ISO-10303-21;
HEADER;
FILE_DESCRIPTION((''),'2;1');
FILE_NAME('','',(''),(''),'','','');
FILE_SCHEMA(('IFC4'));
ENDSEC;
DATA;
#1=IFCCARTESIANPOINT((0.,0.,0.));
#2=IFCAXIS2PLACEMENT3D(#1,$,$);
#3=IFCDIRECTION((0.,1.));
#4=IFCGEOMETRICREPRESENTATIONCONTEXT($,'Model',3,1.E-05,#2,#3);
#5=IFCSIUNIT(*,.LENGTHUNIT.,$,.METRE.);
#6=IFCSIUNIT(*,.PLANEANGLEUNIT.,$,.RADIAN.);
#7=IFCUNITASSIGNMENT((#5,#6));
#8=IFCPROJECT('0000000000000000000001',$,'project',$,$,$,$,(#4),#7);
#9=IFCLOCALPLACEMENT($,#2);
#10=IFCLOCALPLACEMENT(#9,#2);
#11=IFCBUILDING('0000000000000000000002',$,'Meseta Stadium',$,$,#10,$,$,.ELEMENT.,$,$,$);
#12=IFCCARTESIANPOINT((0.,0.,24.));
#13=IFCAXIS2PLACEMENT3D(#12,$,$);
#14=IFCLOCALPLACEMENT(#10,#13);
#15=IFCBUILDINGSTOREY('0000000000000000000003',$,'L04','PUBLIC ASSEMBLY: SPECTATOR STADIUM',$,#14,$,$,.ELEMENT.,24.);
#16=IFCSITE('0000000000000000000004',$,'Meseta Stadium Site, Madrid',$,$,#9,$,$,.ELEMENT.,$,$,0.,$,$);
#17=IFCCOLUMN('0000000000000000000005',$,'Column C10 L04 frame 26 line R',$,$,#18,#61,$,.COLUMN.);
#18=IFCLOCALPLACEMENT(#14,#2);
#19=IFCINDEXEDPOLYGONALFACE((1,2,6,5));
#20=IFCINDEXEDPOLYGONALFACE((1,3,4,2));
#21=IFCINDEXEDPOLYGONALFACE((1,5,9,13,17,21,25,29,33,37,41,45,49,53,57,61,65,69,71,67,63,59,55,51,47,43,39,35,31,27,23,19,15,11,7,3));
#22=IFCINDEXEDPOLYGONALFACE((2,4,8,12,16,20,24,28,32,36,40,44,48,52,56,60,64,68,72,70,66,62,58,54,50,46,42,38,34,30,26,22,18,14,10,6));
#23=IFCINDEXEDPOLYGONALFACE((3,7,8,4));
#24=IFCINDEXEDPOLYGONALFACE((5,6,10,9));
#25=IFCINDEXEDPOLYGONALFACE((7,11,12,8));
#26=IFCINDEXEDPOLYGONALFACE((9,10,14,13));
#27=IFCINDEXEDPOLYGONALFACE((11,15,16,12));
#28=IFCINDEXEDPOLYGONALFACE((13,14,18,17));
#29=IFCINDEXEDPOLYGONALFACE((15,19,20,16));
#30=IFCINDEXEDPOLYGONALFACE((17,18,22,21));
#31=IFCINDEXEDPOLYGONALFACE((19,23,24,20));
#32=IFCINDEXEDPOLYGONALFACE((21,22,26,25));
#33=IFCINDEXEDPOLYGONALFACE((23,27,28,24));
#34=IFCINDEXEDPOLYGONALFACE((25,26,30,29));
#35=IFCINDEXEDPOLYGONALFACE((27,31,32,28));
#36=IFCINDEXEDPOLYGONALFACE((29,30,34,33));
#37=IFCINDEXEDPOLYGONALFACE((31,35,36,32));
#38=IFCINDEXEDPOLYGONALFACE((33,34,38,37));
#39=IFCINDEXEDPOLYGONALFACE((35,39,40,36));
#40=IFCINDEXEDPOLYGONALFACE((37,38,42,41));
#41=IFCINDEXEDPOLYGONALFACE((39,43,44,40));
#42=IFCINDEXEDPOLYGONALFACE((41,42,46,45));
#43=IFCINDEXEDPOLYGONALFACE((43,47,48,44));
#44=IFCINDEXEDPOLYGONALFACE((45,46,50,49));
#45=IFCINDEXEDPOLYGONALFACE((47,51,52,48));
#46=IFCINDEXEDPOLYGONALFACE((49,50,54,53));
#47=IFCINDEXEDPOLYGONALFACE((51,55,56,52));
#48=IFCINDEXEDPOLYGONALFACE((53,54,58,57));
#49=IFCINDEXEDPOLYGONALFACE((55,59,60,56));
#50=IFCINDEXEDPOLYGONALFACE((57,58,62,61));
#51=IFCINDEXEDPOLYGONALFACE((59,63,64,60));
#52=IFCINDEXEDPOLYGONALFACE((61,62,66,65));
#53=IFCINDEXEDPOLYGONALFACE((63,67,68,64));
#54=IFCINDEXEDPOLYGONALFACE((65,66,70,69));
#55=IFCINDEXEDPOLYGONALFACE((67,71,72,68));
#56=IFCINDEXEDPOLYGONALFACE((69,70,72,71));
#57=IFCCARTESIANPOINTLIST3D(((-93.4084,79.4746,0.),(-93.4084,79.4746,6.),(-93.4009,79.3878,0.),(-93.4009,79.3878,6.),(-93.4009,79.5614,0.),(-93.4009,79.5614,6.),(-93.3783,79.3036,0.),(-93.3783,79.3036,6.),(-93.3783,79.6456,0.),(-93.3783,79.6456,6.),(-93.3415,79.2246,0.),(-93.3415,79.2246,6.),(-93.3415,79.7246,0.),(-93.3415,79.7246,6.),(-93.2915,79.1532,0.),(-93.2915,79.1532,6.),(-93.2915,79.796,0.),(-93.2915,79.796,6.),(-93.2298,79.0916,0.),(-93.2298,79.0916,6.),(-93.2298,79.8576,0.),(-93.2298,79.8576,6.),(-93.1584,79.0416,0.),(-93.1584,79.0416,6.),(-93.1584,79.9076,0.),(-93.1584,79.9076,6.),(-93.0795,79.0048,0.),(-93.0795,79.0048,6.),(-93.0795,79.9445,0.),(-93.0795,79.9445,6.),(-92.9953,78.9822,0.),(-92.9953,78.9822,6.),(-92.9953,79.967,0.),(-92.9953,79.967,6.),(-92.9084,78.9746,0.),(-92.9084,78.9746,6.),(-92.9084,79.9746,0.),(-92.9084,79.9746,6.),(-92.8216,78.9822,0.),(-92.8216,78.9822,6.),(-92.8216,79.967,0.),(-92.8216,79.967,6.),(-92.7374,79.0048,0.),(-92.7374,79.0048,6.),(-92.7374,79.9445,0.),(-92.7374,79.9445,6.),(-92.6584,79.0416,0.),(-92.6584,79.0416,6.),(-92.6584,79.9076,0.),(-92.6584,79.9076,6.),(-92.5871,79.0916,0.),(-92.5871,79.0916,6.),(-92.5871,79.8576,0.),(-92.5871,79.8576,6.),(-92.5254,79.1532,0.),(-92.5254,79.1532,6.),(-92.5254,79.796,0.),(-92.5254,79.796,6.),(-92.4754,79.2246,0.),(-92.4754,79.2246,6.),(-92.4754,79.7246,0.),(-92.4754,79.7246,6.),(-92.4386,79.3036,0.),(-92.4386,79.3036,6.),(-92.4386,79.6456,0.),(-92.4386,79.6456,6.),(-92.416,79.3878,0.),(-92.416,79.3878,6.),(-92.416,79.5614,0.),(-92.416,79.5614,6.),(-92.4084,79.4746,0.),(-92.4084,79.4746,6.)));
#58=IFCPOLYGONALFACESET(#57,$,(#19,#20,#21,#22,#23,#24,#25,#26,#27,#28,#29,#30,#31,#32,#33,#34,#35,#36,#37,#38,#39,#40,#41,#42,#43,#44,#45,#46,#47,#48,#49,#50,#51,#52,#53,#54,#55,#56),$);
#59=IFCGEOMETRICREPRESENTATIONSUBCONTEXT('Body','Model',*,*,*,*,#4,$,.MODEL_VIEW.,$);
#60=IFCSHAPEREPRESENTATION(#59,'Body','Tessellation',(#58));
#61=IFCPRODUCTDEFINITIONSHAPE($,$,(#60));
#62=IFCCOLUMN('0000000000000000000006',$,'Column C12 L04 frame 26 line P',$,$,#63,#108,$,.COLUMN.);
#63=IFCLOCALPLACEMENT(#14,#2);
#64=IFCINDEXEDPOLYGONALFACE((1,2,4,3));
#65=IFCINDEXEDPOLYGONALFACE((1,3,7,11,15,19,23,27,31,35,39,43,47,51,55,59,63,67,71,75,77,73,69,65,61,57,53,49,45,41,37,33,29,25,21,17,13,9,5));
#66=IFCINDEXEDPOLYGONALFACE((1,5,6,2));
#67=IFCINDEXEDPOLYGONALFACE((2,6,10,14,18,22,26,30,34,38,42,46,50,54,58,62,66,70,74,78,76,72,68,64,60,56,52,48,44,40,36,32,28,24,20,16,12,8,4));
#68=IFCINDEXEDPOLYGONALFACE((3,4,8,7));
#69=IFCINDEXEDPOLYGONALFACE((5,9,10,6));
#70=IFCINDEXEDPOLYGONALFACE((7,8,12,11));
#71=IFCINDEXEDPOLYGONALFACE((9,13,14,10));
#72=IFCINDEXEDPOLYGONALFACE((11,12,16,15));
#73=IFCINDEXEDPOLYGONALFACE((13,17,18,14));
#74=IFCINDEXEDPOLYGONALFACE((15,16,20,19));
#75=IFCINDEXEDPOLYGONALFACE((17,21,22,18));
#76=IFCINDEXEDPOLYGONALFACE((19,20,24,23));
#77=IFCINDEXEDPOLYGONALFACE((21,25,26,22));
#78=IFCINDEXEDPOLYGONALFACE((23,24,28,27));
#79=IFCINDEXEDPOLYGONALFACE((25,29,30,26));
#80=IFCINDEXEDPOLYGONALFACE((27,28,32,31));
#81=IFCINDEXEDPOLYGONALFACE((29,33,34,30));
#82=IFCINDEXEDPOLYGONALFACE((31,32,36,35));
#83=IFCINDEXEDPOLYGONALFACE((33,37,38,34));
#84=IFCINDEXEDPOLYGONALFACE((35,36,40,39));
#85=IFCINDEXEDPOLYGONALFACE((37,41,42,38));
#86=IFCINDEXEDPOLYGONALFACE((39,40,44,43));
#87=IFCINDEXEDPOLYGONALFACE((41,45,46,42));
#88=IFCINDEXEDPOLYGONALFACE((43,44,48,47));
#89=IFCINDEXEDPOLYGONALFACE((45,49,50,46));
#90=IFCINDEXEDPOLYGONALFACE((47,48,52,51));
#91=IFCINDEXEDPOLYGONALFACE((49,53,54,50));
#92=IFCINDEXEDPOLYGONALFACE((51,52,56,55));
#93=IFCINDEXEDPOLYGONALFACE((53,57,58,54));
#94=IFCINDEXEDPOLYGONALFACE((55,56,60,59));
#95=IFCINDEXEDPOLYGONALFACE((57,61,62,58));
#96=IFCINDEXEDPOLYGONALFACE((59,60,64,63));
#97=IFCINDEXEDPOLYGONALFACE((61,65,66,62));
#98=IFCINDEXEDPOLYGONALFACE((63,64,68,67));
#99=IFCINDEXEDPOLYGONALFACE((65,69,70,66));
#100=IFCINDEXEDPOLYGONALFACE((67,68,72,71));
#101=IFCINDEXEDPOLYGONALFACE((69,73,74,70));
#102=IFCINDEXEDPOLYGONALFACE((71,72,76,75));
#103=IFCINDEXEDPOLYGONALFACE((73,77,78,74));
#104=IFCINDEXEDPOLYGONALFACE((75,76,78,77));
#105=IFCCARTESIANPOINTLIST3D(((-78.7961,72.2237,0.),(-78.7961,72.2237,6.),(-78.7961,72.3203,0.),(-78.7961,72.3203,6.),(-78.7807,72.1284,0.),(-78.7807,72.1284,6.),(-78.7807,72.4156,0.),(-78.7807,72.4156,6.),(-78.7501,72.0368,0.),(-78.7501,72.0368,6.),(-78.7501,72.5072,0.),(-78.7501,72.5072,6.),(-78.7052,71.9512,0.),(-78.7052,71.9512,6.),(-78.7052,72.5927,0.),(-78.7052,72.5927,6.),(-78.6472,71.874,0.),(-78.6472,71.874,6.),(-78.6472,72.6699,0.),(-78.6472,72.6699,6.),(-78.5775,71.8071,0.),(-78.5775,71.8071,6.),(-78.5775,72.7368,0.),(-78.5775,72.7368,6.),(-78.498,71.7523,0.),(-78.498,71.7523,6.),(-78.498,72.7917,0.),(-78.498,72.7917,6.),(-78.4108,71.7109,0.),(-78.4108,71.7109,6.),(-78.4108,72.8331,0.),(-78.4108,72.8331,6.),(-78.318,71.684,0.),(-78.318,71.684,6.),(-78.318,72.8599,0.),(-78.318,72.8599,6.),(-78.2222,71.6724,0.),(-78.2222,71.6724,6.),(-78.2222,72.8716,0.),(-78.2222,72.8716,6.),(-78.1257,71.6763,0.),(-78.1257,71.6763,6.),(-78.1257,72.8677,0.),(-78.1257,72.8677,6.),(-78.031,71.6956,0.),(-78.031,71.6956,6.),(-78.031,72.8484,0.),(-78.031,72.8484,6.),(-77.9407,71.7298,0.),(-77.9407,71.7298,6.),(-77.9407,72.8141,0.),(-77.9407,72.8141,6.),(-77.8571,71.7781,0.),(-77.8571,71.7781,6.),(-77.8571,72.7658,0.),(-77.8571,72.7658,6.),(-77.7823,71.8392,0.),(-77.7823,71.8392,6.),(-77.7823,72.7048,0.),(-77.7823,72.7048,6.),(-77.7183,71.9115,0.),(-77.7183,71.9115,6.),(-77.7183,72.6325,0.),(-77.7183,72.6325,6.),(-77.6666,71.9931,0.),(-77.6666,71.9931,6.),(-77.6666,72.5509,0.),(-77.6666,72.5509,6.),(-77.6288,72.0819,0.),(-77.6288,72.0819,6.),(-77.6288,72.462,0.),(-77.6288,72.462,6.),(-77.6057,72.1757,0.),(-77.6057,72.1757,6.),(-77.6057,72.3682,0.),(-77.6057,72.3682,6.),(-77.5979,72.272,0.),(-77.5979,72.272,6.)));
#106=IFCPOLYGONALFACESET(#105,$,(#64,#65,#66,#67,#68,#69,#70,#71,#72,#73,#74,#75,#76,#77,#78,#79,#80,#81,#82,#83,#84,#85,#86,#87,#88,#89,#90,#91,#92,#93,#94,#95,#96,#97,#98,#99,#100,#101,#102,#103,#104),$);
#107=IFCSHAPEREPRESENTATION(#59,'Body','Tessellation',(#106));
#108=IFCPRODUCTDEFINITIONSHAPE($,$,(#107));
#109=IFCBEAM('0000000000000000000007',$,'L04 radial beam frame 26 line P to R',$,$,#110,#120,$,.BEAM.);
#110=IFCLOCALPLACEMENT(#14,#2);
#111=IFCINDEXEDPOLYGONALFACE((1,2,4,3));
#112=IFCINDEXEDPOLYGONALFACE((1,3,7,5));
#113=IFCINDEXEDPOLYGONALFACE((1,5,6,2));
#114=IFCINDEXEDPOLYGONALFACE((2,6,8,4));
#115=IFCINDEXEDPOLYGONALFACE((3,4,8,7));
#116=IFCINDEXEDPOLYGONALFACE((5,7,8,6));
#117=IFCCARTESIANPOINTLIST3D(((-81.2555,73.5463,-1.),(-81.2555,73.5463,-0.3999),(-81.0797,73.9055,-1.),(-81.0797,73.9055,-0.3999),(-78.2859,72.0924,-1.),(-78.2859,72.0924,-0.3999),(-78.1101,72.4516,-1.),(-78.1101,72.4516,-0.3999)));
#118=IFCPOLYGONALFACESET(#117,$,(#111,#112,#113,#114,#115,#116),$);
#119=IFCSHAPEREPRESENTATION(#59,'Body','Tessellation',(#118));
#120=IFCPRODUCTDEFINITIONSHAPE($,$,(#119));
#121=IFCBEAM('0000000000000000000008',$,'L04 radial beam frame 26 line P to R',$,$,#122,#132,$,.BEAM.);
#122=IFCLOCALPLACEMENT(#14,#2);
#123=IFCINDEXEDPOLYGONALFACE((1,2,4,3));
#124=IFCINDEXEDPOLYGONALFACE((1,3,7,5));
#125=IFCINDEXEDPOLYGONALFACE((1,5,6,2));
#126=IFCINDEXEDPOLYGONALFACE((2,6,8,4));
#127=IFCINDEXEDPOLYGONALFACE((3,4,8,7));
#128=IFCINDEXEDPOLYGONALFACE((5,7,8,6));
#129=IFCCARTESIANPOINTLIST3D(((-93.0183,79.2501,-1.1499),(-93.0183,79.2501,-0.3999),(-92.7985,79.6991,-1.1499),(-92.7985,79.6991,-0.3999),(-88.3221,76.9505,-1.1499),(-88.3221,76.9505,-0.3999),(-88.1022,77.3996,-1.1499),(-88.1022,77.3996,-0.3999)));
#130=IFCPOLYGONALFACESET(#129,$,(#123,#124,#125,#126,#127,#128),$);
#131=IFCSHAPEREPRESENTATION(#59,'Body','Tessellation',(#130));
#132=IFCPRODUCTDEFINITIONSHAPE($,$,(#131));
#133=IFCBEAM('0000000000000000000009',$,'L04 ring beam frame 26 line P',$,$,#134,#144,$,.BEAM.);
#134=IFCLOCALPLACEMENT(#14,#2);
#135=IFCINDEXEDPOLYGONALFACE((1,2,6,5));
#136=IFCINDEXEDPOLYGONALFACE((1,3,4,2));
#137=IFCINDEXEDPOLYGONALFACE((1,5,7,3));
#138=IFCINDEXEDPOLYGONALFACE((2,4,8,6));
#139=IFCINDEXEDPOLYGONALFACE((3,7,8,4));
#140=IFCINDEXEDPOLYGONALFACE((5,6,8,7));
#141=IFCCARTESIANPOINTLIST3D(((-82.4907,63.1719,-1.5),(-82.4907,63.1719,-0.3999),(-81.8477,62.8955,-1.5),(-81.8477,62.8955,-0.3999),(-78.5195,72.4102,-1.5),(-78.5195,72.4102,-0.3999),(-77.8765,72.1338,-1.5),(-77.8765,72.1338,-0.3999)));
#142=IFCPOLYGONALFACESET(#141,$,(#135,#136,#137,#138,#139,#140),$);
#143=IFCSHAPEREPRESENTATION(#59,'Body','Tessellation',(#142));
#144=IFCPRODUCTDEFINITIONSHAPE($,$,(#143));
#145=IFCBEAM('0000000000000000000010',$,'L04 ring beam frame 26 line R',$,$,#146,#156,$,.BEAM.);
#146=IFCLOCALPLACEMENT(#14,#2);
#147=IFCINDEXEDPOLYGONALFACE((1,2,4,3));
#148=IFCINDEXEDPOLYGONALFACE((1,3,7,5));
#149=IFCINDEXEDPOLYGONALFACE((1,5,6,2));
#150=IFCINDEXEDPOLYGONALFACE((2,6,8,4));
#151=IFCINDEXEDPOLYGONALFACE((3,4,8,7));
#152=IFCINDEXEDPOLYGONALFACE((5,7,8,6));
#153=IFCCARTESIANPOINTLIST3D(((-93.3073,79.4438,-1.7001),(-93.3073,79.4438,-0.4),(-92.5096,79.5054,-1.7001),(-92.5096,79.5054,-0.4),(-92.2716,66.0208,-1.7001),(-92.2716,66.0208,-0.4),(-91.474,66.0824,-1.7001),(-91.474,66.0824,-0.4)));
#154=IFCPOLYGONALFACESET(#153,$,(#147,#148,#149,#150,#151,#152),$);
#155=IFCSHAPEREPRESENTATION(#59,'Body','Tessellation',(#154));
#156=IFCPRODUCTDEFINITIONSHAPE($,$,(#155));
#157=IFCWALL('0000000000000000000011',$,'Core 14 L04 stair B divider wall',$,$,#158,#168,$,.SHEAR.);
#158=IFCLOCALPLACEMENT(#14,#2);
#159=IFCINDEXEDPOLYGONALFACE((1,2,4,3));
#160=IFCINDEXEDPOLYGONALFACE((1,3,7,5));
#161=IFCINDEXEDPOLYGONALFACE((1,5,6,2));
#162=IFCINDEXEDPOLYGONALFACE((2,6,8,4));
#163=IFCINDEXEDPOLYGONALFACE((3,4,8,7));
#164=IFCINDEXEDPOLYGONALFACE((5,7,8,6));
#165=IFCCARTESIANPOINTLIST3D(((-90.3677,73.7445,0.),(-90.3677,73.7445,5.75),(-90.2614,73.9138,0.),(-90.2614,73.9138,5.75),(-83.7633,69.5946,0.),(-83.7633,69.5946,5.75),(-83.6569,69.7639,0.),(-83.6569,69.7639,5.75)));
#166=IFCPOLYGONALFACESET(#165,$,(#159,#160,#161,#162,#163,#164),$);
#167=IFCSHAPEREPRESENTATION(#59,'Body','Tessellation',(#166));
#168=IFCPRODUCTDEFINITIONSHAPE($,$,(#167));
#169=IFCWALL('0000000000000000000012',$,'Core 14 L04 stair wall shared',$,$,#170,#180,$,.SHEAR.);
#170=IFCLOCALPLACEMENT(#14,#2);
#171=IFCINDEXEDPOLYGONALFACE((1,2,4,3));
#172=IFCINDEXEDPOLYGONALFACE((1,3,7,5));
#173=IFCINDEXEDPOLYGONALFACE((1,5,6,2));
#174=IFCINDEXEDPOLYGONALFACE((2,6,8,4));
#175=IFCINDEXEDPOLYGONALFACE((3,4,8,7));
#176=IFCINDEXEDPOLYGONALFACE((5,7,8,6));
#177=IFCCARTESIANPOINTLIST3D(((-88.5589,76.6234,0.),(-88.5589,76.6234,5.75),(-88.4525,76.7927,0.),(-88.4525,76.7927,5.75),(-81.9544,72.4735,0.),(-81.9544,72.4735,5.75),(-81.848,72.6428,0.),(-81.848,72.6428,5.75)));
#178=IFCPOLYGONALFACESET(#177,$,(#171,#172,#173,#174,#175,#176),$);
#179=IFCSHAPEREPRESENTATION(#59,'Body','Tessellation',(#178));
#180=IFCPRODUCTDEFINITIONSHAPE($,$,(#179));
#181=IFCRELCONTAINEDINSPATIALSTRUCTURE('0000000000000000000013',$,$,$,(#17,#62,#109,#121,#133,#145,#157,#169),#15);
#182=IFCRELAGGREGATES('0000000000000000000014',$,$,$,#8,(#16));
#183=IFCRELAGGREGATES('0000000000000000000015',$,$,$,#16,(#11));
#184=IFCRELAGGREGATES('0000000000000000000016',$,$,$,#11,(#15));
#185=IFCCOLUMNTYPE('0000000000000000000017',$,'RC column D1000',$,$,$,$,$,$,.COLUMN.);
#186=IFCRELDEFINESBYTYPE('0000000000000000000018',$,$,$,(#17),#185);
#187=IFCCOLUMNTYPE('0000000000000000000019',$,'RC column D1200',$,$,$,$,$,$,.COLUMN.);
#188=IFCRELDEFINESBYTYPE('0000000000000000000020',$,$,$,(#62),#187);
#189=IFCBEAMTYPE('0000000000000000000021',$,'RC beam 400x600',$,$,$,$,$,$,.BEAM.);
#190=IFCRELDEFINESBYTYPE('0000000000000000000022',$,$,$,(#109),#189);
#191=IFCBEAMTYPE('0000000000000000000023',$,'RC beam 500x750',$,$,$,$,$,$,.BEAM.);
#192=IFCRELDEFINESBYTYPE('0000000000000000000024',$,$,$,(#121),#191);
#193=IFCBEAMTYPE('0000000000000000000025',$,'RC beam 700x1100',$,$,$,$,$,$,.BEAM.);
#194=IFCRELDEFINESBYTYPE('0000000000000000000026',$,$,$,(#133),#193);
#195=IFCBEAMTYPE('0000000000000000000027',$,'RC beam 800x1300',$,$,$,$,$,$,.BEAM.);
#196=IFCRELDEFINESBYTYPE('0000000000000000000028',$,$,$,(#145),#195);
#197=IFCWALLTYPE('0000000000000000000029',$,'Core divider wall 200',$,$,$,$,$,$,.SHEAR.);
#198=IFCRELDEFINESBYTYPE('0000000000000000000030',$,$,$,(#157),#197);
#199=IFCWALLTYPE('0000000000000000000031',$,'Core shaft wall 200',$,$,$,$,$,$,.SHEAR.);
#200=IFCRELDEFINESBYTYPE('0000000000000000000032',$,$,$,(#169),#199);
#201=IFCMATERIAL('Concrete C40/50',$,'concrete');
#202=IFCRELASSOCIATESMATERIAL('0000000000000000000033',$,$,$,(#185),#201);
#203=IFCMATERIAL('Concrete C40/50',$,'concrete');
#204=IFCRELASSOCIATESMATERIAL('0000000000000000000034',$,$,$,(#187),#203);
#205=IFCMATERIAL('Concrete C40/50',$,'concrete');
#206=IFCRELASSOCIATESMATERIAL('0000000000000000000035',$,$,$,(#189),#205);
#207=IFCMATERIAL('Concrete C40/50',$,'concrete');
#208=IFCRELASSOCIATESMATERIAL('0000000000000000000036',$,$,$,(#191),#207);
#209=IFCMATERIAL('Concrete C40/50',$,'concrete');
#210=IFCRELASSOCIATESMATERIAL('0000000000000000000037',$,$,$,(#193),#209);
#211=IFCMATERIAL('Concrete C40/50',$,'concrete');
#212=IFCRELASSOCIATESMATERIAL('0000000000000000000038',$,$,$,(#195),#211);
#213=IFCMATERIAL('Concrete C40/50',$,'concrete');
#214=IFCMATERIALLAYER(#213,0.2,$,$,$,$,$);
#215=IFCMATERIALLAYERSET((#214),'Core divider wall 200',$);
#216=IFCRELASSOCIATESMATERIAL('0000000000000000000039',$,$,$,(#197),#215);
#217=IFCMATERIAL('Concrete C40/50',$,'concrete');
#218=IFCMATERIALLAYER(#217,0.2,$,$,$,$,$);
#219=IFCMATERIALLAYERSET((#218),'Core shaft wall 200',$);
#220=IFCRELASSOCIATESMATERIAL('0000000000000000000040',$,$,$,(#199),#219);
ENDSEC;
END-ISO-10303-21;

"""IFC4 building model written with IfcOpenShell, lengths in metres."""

from ifc_helpers import new_model, si_unit, direction, frame, frame_2d, origin, origin_2d, place, context, subcontext, project, spatial, rectangle, circle, extrude, material, layer, layer_set, material_profile, profile_set, type_object, element, save


model = new_model("IFC4")

# Units and contexts
model_context = context("Model", 3, precision=1e-05, world=origin(), true_north=direction((0.0, 1.0)))
body_context = subcontext(model_context, "Body", "Model", "MODEL_VIEW")
ifc_project = project(units=[si_unit("LENGTHUNIT", "METRE"), si_unit("PLANEANGLEUNIT", "RADIAN")], contexts=[model_context])

# Site, building, storey
site_placement = place(None, origin())
site = spatial("IfcSite", under=ifc_project, at=site_placement, Name="Meseta Stadium Site, Madrid", CompositionType="ELEMENT", RefElevation=0.0)
building_placement = place(site_placement, origin())
building = spatial("IfcBuilding", under=site, at=building_placement, Name="Meseta Stadium", CompositionType="ELEMENT")
storey_placement = place(building_placement, frame((0.0, 0.0, 24.0)))
storey = spatial("IfcBuildingStorey", under=building, at=storey_placement, Name="L04", Description="PUBLIC ASSEMBLY: SPECTATOR STADIUM", CompositionType="ELEMENT", Elevation=24.0)

# Columns
ifc_material_1 = material(Name="Concrete C40/50", Category="concrete")
ifc_material_profile_1 = material_profile(ifc_material_1, circle(Radius=0.5, at=origin_2d()), Name="RC D1000")
ifc_profile_set_1 = profile_set([ifc_material_profile_1], Name="Concrete C40/50")
column_type_1 = type_object("IfcColumnType", Name="RC column D1000", PredefinedType="COLUMN", material=ifc_profile_set_1)
column_1_placement = place(storey_placement, frame((-92.9084, 79.4746, 0.0), z_axis=(0.0, 0.0, 1.0), x_axis=(1.0, 0.0, 0.0)))
element("IfcColumn", 1, at=column_1_placement, inside=storey, type_object=column_type_1, Name="Column C10 L04 frame 26 line R", PredefinedType="COLUMN", context=body_context, shape_type="SweptSolid", body=[
    extrude(circle(Radius=0.5, at=origin_2d()), origin(), (0.0, 0.0, 1.0), 6.0),
])
ifc_material_2 = material(Name="Concrete C40/50", Category="concrete")
ifc_material_profile_2 = material_profile(ifc_material_2, circle(Radius=0.6001, at=origin_2d()), Name="RC D1200")
ifc_profile_set_2 = profile_set([ifc_material_profile_2], Name="Concrete C40/50")
column_type_2 = type_object("IfcColumnType", Name="RC column D1200", PredefinedType="COLUMN", material=ifc_profile_set_2)
column_2_placement = place(storey_placement, frame((-78.198, 72.272, 0.0), z_axis=(0.0, 0.0, 1.0), x_axis=(1.0, 0.0, 0.0)))
element("IfcColumn", 2, at=column_2_placement, inside=storey, type_object=column_type_2, Name="Column C12 L04 frame 26 line P", PredefinedType="COLUMN", context=body_context, shape_type="SweptSolid", body=[
    extrude(circle(Radius=0.6001, at=origin_2d()), origin(), (0.0, 0.0, 1.0), 6.0),
])

# Beams
ifc_material_3 = material(Name="Concrete C40/50", Category="concrete")
ifc_material_profile_3 = material_profile(ifc_material_3, rectangle(XDim=0.3999, YDim=0.6001, at=origin_2d()), Name="RC 400x600")
ifc_profile_set_3 = profile_set([ifc_material_profile_3], Name="Concrete C40/50")
beam_type_1 = type_object("IfcBeamType", Name="RC beam 400x600", PredefinedType="BEAM", material=ifc_profile_set_3)
beam_1_placement = place(storey_placement, frame((-78.198, 72.272, -0.7), z_axis=(-0.898132, 0.439725, 0.0), x_axis=(-0.439725, -0.898132, 0.0)))
element("IfcBeam", 3, at=beam_1_placement, inside=storey, type_object=beam_type_1, Name="L04 radial beam frame 26 line P to R", PredefinedType="BEAM", context=body_context, shape_type="SweptSolid", body=[
    extrude(rectangle(XDim=0.3999, YDim=0.6001, at=origin_2d()), origin(), (0.0, 0.0, 1.0), 3.3064),
])
ifc_material_4 = material(Name="Concrete C40/50", Category="concrete")
ifc_material_profile_4 = material_profile(ifc_material_4, rectangle(XDim=0.5, YDim=0.75, at=origin_2d()), Name="RC 500x750")
ifc_profile_set_4 = profile_set([ifc_material_profile_4], Name="Concrete C40/50")
beam_type_2 = type_object("IfcBeamType", Name="RC beam 500x750", PredefinedType="BEAM", material=ifc_profile_set_4)
beam_2_placement = place(storey_placement, frame((-88.2122, 77.175, -0.7749), z_axis=(-0.898113, 0.439765, 0.0), x_axis=(-0.439765, -0.898113, 0.0)))
element("IfcBeam", 4, at=beam_2_placement, inside=storey, type_object=beam_type_2, Name="L04 radial beam frame 26 line P to R", PredefinedType="BEAM", context=body_context, shape_type="SweptSolid", body=[
    extrude(rectangle(XDim=0.5, YDim=0.75, at=origin_2d()), origin(), (0.0, 0.0, 1.0), 5.229),
])
ifc_material_5 = material(Name="Concrete C40/50", Category="concrete")
ifc_material_profile_5 = material_profile(ifc_material_5, rectangle(XDim=0.7, YDim=1.1001, at=origin_2d()), Name="RC 700x1100")
ifc_profile_set_5 = profile_set([ifc_material_profile_5], Name="Concrete C40/50")
beam_type_3 = type_object("IfcBeamType", Name="RC beam 700x1100", PredefinedType="BEAM", material=ifc_profile_set_5)
beam_3_placement = place(storey_placement, frame((-78.198, 72.272, -0.95), z_axis=(-0.394921, -0.918715, 0.0), x_axis=(0.918715, -0.394921, 0.0)))
element("IfcBeam", 5, at=beam_3_placement, inside=storey, type_object=beam_type_3, Name="L04 ring beam frame 26 line P", PredefinedType="BEAM", context=body_context, shape_type="SweptSolid", body=[
    extrude(rectangle(XDim=0.7, YDim=1.1001, at=origin_2d()), origin(), (0.0, 0.0, 1.0), 10.0557),
])
ifc_material_6 = material(Name="Concrete C40/50", Category="concrete")
ifc_material_profile_6 = material_profile(ifc_material_6, rectangle(XDim=0.8, YDim=1.3, at=origin_2d()), Name="RC 800x1300")
ifc_profile_set_6 = profile_set([ifc_material_profile_6], Name="Concrete C40/50")
beam_type_4 = type_object("IfcBeamType", Name="RC beam 800x1300", PredefinedType="BEAM", material=ifc_profile_set_6)
beam_4_placement = place(storey_placement, frame((-92.9084, 79.4746, -1.05), z_axis=(0.076925, -0.997037, 0.0), x_axis=(0.997037, 0.076925, 0.0)))
element("IfcBeam", 6, at=beam_4_placement, inside=storey, type_object=beam_type_4, Name="L04 ring beam frame 26 line R", PredefinedType="BEAM", context=body_context, shape_type="SweptSolid", body=[
    extrude(rectangle(XDim=0.8, YDim=1.3, at=origin_2d()), origin(), (0.0, 0.0, 1.0), 13.4629),
])

# Walls
ifc_material_7 = material(Name="Concrete C40/50", Category="concrete")
ifc_layer_1 = layer(ifc_material_7, 0.2)
ifc_layer_set_1 = layer_set([ifc_layer_1], Name="Core divider wall 200")
wall_type_1 = type_object("IfcWallType", Name="Core divider wall 200", PredefinedType="SHEAR", material=ifc_layer_set_1)
wall_1_placement = place(storey_placement, frame((-90.3145, 73.8291, 0.0), z_axis=(0.0, 0.0, 1.0), x_axis=(0.846723, -0.532034, 0.0)))
element("IfcWall", 7, at=wall_1_placement, inside=storey, type_object=wall_type_1, Name="Core 14 L04 stair B divider wall", PredefinedType="SHEAR", context=body_context, shape_type="SweptSolid", body=[
    extrude(rectangle(XDim=7.8, YDim=0.2, at=frame_2d((3.8999, 0.0))), origin(), (0.0, 0.0, 1.0), 5.75),
])
ifc_material_8 = material(Name="Concrete C40/50", Category="concrete")
ifc_layer_2 = layer(ifc_material_8, 0.2)
ifc_layer_set_2 = layer_set([ifc_layer_2], Name="Core shaft wall 200")
wall_type_2 = type_object("IfcWallType", Name="Core shaft wall 200", PredefinedType="SHEAR", material=ifc_layer_set_2)
for number, where, z_axis, x_axis, name in (
    (8, (-88.5056, 76.708, 0.0), (0.0, 0.0, 1.0), (0.846723, -0.532034, 0.0), "Core 14 L04 stair wall shared"),
):
    element("IfcWall", number, at=place(storey_placement, frame(where, z_axis=z_axis, x_axis=x_axis)), inside=storey, type_object=wall_type_2, Name=name, PredefinedType="SHEAR", context=body_context, shape_type="SweptSolid", body=[
        extrude(rectangle(XDim=7.8, YDim=0.2, at=frame_2d((3.8999, 0.0))), origin(), (0.0, 0.0, 1.0), 5.75),
    ])

save(model, "model.ifc")
